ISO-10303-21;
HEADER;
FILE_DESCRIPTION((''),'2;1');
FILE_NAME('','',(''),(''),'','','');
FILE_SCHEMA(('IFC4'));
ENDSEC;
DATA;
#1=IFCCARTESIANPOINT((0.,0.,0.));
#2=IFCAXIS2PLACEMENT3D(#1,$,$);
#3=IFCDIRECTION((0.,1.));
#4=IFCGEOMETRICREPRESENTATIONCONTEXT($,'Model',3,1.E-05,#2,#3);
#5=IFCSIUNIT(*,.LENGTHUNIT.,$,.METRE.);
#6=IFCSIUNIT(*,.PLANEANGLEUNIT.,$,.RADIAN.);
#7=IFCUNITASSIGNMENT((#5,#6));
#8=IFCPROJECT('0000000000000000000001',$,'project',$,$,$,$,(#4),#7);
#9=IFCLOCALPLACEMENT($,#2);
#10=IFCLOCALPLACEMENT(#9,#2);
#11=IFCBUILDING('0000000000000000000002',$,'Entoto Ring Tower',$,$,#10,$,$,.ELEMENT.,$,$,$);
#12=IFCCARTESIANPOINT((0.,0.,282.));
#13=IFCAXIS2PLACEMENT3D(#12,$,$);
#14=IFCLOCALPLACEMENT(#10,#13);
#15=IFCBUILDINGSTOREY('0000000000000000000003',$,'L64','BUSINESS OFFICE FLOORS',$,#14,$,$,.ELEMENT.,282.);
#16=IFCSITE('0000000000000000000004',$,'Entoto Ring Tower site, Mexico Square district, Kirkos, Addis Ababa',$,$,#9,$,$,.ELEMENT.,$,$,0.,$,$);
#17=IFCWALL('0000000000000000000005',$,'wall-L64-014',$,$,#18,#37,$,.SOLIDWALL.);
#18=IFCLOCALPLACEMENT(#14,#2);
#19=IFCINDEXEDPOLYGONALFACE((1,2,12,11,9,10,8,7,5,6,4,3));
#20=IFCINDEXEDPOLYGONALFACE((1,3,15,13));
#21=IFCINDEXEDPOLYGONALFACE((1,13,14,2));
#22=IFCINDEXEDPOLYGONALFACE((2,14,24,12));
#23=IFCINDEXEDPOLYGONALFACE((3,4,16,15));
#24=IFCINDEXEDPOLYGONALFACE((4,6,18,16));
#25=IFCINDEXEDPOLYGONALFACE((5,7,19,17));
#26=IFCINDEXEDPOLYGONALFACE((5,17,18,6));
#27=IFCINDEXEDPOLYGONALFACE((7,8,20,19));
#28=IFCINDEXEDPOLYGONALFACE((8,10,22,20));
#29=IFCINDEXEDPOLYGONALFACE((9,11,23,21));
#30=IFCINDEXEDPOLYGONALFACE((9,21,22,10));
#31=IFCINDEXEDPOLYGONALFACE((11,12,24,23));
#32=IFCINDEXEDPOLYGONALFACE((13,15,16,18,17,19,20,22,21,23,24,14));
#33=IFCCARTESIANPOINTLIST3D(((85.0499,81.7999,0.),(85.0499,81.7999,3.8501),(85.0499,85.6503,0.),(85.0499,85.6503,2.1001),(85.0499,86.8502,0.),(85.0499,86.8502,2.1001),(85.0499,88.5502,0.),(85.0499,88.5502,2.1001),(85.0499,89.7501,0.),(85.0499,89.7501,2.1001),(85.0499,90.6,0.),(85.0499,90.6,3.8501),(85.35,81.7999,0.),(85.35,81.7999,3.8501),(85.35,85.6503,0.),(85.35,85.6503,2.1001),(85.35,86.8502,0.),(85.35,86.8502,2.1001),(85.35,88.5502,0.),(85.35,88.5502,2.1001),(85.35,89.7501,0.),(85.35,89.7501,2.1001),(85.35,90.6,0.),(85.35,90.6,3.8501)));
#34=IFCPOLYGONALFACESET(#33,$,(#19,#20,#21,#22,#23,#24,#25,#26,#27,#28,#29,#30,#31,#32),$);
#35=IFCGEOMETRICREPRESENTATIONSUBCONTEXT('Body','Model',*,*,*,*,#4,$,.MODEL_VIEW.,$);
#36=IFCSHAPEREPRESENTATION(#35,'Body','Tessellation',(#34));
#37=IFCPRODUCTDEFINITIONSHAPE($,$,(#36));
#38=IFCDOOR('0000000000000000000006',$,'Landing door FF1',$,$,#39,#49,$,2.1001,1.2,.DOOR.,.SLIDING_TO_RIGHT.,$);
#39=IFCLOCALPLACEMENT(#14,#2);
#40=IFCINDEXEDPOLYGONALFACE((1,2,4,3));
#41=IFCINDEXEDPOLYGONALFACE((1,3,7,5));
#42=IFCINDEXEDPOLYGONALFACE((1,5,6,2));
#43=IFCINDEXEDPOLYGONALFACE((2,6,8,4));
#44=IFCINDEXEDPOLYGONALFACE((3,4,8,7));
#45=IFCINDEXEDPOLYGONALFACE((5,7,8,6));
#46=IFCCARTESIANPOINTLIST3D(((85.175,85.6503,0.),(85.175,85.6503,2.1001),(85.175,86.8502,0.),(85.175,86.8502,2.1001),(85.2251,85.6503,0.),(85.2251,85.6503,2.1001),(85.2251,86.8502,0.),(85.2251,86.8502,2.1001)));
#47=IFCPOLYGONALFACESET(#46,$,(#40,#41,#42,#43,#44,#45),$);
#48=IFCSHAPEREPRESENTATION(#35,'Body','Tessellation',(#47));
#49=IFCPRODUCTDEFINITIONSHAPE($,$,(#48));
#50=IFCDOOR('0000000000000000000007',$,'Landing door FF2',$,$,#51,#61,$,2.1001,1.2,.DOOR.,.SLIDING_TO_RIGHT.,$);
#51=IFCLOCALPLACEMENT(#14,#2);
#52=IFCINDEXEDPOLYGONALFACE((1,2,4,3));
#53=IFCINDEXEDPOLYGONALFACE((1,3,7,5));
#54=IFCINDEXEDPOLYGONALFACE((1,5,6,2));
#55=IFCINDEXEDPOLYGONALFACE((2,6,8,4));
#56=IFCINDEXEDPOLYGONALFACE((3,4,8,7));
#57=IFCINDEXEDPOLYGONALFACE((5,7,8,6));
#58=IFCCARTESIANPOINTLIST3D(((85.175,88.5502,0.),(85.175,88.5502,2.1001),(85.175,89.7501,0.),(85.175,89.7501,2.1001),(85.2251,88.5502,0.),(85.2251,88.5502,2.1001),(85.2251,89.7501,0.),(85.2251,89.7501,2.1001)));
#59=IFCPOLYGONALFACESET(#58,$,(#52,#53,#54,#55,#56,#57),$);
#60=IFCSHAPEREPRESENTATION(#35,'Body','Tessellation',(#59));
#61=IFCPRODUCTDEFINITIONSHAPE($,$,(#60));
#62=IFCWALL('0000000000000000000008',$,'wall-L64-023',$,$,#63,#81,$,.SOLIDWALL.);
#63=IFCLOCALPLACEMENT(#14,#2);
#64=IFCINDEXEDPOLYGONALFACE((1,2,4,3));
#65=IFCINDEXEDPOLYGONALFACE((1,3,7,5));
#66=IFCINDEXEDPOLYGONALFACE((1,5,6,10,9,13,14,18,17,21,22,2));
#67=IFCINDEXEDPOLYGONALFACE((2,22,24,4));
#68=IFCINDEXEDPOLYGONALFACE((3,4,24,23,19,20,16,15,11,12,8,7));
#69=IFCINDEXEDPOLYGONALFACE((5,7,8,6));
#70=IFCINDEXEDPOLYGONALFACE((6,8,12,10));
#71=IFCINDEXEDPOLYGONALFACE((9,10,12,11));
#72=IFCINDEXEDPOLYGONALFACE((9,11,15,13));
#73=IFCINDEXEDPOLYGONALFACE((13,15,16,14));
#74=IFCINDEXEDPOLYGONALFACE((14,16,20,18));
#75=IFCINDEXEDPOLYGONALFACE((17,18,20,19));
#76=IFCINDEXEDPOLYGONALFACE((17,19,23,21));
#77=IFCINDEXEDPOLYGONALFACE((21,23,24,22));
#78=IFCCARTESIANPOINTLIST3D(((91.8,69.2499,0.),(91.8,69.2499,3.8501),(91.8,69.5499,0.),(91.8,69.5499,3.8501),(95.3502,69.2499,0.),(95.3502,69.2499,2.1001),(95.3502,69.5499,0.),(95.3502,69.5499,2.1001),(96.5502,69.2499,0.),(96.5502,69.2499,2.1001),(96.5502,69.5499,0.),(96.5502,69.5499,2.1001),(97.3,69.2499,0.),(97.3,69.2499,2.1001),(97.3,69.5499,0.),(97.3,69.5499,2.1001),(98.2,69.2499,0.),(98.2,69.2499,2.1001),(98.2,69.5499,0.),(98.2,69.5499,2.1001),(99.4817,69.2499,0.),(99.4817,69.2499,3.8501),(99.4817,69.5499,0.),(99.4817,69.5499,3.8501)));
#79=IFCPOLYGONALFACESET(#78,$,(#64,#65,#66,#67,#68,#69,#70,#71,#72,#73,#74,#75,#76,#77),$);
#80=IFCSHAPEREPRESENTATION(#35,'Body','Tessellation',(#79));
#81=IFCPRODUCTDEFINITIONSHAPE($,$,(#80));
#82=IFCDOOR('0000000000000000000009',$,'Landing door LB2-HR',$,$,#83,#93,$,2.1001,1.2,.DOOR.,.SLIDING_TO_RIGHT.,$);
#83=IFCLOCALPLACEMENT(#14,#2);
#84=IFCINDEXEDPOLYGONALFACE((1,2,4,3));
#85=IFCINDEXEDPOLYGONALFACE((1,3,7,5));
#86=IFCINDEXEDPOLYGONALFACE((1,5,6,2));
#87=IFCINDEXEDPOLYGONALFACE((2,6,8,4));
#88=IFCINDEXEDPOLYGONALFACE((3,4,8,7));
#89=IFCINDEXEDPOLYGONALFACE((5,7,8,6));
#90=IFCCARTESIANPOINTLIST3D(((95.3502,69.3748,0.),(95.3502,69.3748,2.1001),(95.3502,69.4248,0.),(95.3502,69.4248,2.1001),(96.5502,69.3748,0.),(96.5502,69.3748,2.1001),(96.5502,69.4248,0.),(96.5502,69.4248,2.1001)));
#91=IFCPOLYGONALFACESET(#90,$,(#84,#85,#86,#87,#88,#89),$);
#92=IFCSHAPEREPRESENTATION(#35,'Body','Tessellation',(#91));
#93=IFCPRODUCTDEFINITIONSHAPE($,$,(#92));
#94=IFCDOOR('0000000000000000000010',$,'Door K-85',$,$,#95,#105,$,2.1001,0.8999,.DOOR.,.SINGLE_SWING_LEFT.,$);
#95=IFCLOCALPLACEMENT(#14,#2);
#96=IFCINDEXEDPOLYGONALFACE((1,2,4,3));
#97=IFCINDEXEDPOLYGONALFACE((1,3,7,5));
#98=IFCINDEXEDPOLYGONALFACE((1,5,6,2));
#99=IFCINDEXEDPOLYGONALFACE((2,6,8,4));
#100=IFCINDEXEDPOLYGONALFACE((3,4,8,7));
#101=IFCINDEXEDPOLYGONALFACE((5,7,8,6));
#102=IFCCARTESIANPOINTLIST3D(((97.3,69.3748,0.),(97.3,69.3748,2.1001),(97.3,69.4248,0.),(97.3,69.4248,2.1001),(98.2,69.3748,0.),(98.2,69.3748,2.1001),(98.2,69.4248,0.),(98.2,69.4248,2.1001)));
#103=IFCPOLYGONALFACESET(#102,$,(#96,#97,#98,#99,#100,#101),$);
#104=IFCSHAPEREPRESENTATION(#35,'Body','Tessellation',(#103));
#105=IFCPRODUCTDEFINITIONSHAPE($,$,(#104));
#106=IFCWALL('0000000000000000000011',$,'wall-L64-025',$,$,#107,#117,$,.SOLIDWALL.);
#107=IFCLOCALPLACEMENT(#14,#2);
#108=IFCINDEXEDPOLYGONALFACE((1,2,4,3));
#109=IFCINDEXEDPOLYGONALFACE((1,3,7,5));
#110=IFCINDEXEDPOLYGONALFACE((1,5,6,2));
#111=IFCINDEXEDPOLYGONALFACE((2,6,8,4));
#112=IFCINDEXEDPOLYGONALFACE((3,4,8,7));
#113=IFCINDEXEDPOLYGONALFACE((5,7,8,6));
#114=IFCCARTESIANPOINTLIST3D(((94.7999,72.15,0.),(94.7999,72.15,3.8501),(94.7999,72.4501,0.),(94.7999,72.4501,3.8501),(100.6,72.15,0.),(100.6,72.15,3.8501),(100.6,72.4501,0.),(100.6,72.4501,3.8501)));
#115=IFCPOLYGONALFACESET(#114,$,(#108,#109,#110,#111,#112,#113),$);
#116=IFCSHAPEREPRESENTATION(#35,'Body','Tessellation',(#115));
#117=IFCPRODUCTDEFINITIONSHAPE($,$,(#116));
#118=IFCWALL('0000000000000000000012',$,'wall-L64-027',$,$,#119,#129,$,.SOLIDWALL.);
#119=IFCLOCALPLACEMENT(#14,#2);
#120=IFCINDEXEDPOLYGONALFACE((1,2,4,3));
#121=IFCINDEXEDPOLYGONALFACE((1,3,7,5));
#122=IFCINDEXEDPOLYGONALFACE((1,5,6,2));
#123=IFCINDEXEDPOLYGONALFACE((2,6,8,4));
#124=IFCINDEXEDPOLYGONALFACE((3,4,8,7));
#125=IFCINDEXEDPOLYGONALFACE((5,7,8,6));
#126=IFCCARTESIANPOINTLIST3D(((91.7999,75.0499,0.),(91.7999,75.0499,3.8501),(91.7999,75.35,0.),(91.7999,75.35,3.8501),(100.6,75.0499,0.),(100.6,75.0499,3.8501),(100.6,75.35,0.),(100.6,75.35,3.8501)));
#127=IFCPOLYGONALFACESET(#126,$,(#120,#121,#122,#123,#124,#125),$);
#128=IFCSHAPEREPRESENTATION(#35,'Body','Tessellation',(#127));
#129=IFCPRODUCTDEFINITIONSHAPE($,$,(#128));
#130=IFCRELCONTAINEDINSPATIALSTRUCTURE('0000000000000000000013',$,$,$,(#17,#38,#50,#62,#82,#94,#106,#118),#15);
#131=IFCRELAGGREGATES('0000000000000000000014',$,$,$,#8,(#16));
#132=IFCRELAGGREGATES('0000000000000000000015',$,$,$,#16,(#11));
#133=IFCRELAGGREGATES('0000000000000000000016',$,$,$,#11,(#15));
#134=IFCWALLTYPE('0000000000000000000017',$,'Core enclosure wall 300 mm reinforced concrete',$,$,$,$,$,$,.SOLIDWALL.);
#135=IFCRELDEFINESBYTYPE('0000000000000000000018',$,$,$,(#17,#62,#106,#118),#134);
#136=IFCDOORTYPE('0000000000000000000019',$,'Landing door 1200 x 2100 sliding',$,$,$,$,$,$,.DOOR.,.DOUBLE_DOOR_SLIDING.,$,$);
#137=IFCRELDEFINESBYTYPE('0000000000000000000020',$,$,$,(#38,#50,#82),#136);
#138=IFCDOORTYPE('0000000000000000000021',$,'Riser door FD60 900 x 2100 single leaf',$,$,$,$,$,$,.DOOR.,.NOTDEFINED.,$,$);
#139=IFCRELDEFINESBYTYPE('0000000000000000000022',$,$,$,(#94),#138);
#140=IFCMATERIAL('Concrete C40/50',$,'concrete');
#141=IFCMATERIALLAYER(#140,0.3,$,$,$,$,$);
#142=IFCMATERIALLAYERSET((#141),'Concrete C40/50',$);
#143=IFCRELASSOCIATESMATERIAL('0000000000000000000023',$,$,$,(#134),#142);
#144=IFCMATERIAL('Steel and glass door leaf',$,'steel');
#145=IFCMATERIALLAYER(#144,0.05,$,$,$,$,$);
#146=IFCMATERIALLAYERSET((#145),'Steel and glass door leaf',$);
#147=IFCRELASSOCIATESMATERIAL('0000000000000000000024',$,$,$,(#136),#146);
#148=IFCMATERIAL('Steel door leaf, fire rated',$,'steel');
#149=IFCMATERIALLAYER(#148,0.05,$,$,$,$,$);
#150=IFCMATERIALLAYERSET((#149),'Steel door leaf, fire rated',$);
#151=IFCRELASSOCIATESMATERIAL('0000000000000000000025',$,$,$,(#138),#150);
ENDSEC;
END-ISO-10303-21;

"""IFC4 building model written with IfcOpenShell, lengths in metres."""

from ifc_helpers import new_model, si_unit, direction, frame, frame_2d, origin, place, context, subcontext, project, spatial, rectangle, extrude, material, layer, layer_set, type_object, element, fill, save


model = new_model("IFC4")

# Units and contexts
model_context = context("Model", 3, precision=1e-05, world=origin(), true_north=direction((0.0, 1.0)))
body_context = subcontext(model_context, "Body", "Model", "MODEL_VIEW")
ifc_project = project(units=[si_unit("LENGTHUNIT", "METRE"), si_unit("PLANEANGLEUNIT", "RADIAN")], contexts=[model_context])

# Site, building, storey
site_placement = place(None, origin())
site = spatial("IfcSite", under=ifc_project, at=site_placement, Name="Entoto Ring Tower site, Mexico Square district, Kirkos, Addis Ababa", CompositionType="ELEMENT", RefElevation=0.0)
building_placement = place(site_placement, origin())
building = spatial("IfcBuilding", under=site, at=building_placement, Name="Entoto Ring Tower", CompositionType="ELEMENT")
storey_placement = place(building_placement, frame((0.0, 0.0, 282.0)))
storey = spatial("IfcBuildingStorey", under=building, at=storey_placement, Name="L64", Description="BUSINESS OFFICE FLOORS", CompositionType="ELEMENT", Elevation=282.0)

# Shared definitions
ifc_material_1 = material(Name="Concrete C40/50", Category="concrete")
ifc_layer_1 = layer(ifc_material_1, 0.3)
ifc_layer_set_1 = layer_set([ifc_layer_1], Name="Concrete C40/50")
wall_type = type_object("IfcWallType", Name="Core enclosure wall 300 mm reinforced concrete", PredefinedType="SOLIDWALL", material=ifc_layer_set_1)

# Walls, openings, doors
wall_1_placement = place(storey_placement, frame((85.2, 81.8, 0.0), z_axis=(0.0, 0.0, 1.0), x_axis=(0.0, 1.0, 0.0)))
wall_1 = element("IfcWall", 1, at=wall_1_placement, inside=storey, type_object=wall_type, Name="wall-L64-014", PredefinedType="SOLIDWALL", context=body_context, shape_type="SweptSolid", body=[
    extrude(rectangle(XDim=8.8, YDim=0.3, at=frame_2d((4.3999, 0.0))), origin(), (0.0, 0.0, 1.0), 3.8501),
])
opening_1_placement = place(wall_1_placement, frame((3.8501, 0.0, 0.0)))
opening_1 = element("IfcOpeningElement", 2, at=opening_1_placement, cuts=wall_1, PredefinedType="OPENING", context=body_context, shape_type="SweptSolid", body=[
    extrude(rectangle(XDim=1.2, YDim=2.1001, at=frame_2d((0.6001, 1.05))), frame((0.0, 0.1602, 0.0), z_axis=(0.0, -1.0, 0.0), x_axis=(1.0, 0.0, 0.0)), (0.0, 0.0, 1.0), 0.3201),
])
opening_2_placement = place(wall_1_placement, frame((6.75, 0.0, 0.0)))
opening_2 = element("IfcOpeningElement", 3, at=opening_2_placement, cuts=wall_1, PredefinedType="OPENING", context=body_context, shape_type="SweptSolid", body=[
    extrude(rectangle(XDim=1.2, YDim=2.1001, at=frame_2d((0.6001, 1.05))), frame((0.0, 0.1602, 0.0), z_axis=(0.0, -1.0, 0.0), x_axis=(1.0, 0.0, 0.0)), (0.0, 0.0, 1.0), 0.3201),
])
ifc_material_2 = material(Name="Steel and glass door leaf", Category="steel")
ifc_layer_2 = layer(ifc_material_2, 0.05)
ifc_layer_set_2 = layer_set([ifc_layer_2], Name="Steel and glass door leaf")
door_type_1 = type_object("IfcDoorType", Name="Landing door 1200 x 2100 sliding", OperationType="DOUBLE_DOOR_SLIDING", PredefinedType="DOOR", material=ifc_layer_set_2)
door_1_placement = place(opening_1_placement, origin())
door_1 = element("IfcDoor", 4, at=door_1_placement, inside=storey, type_object=door_type_1, Name="Landing door FF1", OperationType="SLIDING_TO_RIGHT", OverallHeight=2.1001, OverallWidth=1.2, PredefinedType="DOOR", context=body_context, shape_type="SweptSolid", body=[
    extrude(rectangle(XDim=1.2, YDim=2.1001, at=frame_2d((0.6001, 1.05))), frame((0.0, 0.0249, 0.0), z_axis=(0.0, -1.0, 0.0), x_axis=(1.0, 0.0, 0.0)), (0.0, 0.0, 1.0), 0.05),
])
fill(opening_1, door_1)
door_2_placement = place(opening_2_placement, origin())
door_2 = element("IfcDoor", 5, at=door_2_placement, inside=storey, type_object=door_type_1, Name="Landing door FF2", OperationType="SLIDING_TO_RIGHT", OverallHeight=2.1001, OverallWidth=1.2, PredefinedType="DOOR", context=body_context, shape_type="SweptSolid", body=[
    extrude(rectangle(XDim=1.2, YDim=2.1001, at=frame_2d((0.6001, 1.05))), frame((0.0, 0.0249, 0.0), z_axis=(0.0, -1.0, 0.0), x_axis=(1.0, 0.0, 0.0)), (0.0, 0.0, 1.0), 0.05),
])
fill(opening_2, door_2)
wall_2_placement = place(storey_placement, frame((91.8, 69.3999, 0.0), z_axis=(0.0, 0.0, 1.0), x_axis=(1.0, 0.0, 0.0)))
wall_2 = element("IfcWall", 6, at=wall_2_placement, inside=storey, type_object=wall_type, Name="wall-L64-023", PredefinedType="SOLIDWALL", context=body_context, shape_type="SweptSolid", body=[
    extrude(rectangle(XDim=7.6816, YDim=0.3, at=frame_2d((3.8408, 0.0))), origin(), (0.0, 0.0, 1.0), 3.8501),
])
opening_3_placement = place(wall_2_placement, frame((3.55, 0.0, 0.0)))
opening_3 = element("IfcOpeningElement", 7, at=opening_3_placement, cuts=wall_2, PredefinedType="OPENING", context=body_context, shape_type="SweptSolid", body=[
    extrude(rectangle(XDim=1.2, YDim=2.1001, at=frame_2d((0.6001, 1.05))), frame((0.0, 0.1602, 0.0), z_axis=(0.0, -1.0, 0.0), x_axis=(1.0, 0.0, 0.0)), (0.0, 0.0, 1.0), 0.3201),
])
opening_4_placement = place(wall_2_placement, frame((5.5, 0.0, 0.0)))
opening_4 = element("IfcOpeningElement", 8, at=opening_4_placement, cuts=wall_2, PredefinedType="OPENING", context=body_context, shape_type="SweptSolid", body=[
    extrude(rectangle(XDim=0.8999, YDim=2.1001, at=frame_2d((0.45, 1.05))), frame((0.0, 0.1602, 0.0), z_axis=(0.0, -1.0, 0.0), x_axis=(1.0, 0.0, 0.0)), (0.0, 0.0, 1.0), 0.3201),
])
door_3_placement = place(opening_3_placement, origin())
door_3 = element("IfcDoor", 9, at=door_3_placement, inside=storey, type_object=door_type_1, Name="Landing door LB2-HR", OperationType="SLIDING_TO_RIGHT", OverallHeight=2.1001, OverallWidth=1.2, PredefinedType="DOOR", context=body_context, shape_type="SweptSolid", body=[
    extrude(rectangle(XDim=1.2, YDim=2.1001, at=frame_2d((0.6001, 1.05))), frame((0.0, 0.0249, 0.0), z_axis=(0.0, -1.0, 0.0), x_axis=(1.0, 0.0, 0.0)), (0.0, 0.0, 1.0), 0.05),
])
fill(opening_3, door_3)
ifc_material_3 = material(Name="Steel door leaf, fire rated", Category="steel")
ifc_layer_3 = layer(ifc_material_3, 0.05)
ifc_layer_set_3 = layer_set([ifc_layer_3], Name="Steel door leaf, fire rated")
door_type_2 = type_object("IfcDoorType", Name="Riser door FD60 900 x 2100 single leaf", OperationType="NOTDEFINED", PredefinedType="DOOR", material=ifc_layer_set_3)
door_4_placement = place(opening_4_placement, origin())
door_4 = element("IfcDoor", 10, at=door_4_placement, inside=storey, type_object=door_type_2, Name="Door K-85", OperationType="SINGLE_SWING_LEFT", OverallHeight=2.1001, OverallWidth=0.8999, PredefinedType="DOOR", context=body_context, shape_type="SweptSolid", body=[
    extrude(rectangle(XDim=0.8999, YDim=2.1001, at=frame_2d((0.45, 1.05))), frame((0.0, 0.0249, 0.0), z_axis=(0.0, -1.0, 0.0), x_axis=(1.0, 0.0, 0.0)), (0.0, 0.0, 1.0), 0.05),
])
fill(opening_4, door_4)

# Walls
wall_3_placement = place(storey_placement, frame((94.8, 72.3, 0.0), z_axis=(0.0, 0.0, 1.0), x_axis=(1.0, 0.0, 0.0)))
element("IfcWall", 11, at=wall_3_placement, inside=storey, type_object=wall_type, Name="wall-L64-025", PredefinedType="SOLIDWALL", context=body_context, shape_type="SweptSolid", body=[
    extrude(rectangle(XDim=5.8, YDim=0.3, at=frame_2d((2.8999, 0.0))), origin(), (0.0, 0.0, 1.0), 3.8501),
])
wall_4_placement = place(storey_placement, frame((91.8, 75.2, 0.0), z_axis=(0.0, 0.0, 1.0), x_axis=(1.0, 0.0, 0.0)))
element("IfcWall", 12, at=wall_4_placement, inside=storey, type_object=wall_type, Name="wall-L64-027", PredefinedType="SOLIDWALL", context=body_context, shape_type="SweptSolid", body=[
    extrude(rectangle(XDim=8.8, YDim=0.3, at=frame_2d((4.3999, 0.0))), origin(), (0.0, 0.0, 1.0), 3.8501),
])

save(model, "model.ifc")
